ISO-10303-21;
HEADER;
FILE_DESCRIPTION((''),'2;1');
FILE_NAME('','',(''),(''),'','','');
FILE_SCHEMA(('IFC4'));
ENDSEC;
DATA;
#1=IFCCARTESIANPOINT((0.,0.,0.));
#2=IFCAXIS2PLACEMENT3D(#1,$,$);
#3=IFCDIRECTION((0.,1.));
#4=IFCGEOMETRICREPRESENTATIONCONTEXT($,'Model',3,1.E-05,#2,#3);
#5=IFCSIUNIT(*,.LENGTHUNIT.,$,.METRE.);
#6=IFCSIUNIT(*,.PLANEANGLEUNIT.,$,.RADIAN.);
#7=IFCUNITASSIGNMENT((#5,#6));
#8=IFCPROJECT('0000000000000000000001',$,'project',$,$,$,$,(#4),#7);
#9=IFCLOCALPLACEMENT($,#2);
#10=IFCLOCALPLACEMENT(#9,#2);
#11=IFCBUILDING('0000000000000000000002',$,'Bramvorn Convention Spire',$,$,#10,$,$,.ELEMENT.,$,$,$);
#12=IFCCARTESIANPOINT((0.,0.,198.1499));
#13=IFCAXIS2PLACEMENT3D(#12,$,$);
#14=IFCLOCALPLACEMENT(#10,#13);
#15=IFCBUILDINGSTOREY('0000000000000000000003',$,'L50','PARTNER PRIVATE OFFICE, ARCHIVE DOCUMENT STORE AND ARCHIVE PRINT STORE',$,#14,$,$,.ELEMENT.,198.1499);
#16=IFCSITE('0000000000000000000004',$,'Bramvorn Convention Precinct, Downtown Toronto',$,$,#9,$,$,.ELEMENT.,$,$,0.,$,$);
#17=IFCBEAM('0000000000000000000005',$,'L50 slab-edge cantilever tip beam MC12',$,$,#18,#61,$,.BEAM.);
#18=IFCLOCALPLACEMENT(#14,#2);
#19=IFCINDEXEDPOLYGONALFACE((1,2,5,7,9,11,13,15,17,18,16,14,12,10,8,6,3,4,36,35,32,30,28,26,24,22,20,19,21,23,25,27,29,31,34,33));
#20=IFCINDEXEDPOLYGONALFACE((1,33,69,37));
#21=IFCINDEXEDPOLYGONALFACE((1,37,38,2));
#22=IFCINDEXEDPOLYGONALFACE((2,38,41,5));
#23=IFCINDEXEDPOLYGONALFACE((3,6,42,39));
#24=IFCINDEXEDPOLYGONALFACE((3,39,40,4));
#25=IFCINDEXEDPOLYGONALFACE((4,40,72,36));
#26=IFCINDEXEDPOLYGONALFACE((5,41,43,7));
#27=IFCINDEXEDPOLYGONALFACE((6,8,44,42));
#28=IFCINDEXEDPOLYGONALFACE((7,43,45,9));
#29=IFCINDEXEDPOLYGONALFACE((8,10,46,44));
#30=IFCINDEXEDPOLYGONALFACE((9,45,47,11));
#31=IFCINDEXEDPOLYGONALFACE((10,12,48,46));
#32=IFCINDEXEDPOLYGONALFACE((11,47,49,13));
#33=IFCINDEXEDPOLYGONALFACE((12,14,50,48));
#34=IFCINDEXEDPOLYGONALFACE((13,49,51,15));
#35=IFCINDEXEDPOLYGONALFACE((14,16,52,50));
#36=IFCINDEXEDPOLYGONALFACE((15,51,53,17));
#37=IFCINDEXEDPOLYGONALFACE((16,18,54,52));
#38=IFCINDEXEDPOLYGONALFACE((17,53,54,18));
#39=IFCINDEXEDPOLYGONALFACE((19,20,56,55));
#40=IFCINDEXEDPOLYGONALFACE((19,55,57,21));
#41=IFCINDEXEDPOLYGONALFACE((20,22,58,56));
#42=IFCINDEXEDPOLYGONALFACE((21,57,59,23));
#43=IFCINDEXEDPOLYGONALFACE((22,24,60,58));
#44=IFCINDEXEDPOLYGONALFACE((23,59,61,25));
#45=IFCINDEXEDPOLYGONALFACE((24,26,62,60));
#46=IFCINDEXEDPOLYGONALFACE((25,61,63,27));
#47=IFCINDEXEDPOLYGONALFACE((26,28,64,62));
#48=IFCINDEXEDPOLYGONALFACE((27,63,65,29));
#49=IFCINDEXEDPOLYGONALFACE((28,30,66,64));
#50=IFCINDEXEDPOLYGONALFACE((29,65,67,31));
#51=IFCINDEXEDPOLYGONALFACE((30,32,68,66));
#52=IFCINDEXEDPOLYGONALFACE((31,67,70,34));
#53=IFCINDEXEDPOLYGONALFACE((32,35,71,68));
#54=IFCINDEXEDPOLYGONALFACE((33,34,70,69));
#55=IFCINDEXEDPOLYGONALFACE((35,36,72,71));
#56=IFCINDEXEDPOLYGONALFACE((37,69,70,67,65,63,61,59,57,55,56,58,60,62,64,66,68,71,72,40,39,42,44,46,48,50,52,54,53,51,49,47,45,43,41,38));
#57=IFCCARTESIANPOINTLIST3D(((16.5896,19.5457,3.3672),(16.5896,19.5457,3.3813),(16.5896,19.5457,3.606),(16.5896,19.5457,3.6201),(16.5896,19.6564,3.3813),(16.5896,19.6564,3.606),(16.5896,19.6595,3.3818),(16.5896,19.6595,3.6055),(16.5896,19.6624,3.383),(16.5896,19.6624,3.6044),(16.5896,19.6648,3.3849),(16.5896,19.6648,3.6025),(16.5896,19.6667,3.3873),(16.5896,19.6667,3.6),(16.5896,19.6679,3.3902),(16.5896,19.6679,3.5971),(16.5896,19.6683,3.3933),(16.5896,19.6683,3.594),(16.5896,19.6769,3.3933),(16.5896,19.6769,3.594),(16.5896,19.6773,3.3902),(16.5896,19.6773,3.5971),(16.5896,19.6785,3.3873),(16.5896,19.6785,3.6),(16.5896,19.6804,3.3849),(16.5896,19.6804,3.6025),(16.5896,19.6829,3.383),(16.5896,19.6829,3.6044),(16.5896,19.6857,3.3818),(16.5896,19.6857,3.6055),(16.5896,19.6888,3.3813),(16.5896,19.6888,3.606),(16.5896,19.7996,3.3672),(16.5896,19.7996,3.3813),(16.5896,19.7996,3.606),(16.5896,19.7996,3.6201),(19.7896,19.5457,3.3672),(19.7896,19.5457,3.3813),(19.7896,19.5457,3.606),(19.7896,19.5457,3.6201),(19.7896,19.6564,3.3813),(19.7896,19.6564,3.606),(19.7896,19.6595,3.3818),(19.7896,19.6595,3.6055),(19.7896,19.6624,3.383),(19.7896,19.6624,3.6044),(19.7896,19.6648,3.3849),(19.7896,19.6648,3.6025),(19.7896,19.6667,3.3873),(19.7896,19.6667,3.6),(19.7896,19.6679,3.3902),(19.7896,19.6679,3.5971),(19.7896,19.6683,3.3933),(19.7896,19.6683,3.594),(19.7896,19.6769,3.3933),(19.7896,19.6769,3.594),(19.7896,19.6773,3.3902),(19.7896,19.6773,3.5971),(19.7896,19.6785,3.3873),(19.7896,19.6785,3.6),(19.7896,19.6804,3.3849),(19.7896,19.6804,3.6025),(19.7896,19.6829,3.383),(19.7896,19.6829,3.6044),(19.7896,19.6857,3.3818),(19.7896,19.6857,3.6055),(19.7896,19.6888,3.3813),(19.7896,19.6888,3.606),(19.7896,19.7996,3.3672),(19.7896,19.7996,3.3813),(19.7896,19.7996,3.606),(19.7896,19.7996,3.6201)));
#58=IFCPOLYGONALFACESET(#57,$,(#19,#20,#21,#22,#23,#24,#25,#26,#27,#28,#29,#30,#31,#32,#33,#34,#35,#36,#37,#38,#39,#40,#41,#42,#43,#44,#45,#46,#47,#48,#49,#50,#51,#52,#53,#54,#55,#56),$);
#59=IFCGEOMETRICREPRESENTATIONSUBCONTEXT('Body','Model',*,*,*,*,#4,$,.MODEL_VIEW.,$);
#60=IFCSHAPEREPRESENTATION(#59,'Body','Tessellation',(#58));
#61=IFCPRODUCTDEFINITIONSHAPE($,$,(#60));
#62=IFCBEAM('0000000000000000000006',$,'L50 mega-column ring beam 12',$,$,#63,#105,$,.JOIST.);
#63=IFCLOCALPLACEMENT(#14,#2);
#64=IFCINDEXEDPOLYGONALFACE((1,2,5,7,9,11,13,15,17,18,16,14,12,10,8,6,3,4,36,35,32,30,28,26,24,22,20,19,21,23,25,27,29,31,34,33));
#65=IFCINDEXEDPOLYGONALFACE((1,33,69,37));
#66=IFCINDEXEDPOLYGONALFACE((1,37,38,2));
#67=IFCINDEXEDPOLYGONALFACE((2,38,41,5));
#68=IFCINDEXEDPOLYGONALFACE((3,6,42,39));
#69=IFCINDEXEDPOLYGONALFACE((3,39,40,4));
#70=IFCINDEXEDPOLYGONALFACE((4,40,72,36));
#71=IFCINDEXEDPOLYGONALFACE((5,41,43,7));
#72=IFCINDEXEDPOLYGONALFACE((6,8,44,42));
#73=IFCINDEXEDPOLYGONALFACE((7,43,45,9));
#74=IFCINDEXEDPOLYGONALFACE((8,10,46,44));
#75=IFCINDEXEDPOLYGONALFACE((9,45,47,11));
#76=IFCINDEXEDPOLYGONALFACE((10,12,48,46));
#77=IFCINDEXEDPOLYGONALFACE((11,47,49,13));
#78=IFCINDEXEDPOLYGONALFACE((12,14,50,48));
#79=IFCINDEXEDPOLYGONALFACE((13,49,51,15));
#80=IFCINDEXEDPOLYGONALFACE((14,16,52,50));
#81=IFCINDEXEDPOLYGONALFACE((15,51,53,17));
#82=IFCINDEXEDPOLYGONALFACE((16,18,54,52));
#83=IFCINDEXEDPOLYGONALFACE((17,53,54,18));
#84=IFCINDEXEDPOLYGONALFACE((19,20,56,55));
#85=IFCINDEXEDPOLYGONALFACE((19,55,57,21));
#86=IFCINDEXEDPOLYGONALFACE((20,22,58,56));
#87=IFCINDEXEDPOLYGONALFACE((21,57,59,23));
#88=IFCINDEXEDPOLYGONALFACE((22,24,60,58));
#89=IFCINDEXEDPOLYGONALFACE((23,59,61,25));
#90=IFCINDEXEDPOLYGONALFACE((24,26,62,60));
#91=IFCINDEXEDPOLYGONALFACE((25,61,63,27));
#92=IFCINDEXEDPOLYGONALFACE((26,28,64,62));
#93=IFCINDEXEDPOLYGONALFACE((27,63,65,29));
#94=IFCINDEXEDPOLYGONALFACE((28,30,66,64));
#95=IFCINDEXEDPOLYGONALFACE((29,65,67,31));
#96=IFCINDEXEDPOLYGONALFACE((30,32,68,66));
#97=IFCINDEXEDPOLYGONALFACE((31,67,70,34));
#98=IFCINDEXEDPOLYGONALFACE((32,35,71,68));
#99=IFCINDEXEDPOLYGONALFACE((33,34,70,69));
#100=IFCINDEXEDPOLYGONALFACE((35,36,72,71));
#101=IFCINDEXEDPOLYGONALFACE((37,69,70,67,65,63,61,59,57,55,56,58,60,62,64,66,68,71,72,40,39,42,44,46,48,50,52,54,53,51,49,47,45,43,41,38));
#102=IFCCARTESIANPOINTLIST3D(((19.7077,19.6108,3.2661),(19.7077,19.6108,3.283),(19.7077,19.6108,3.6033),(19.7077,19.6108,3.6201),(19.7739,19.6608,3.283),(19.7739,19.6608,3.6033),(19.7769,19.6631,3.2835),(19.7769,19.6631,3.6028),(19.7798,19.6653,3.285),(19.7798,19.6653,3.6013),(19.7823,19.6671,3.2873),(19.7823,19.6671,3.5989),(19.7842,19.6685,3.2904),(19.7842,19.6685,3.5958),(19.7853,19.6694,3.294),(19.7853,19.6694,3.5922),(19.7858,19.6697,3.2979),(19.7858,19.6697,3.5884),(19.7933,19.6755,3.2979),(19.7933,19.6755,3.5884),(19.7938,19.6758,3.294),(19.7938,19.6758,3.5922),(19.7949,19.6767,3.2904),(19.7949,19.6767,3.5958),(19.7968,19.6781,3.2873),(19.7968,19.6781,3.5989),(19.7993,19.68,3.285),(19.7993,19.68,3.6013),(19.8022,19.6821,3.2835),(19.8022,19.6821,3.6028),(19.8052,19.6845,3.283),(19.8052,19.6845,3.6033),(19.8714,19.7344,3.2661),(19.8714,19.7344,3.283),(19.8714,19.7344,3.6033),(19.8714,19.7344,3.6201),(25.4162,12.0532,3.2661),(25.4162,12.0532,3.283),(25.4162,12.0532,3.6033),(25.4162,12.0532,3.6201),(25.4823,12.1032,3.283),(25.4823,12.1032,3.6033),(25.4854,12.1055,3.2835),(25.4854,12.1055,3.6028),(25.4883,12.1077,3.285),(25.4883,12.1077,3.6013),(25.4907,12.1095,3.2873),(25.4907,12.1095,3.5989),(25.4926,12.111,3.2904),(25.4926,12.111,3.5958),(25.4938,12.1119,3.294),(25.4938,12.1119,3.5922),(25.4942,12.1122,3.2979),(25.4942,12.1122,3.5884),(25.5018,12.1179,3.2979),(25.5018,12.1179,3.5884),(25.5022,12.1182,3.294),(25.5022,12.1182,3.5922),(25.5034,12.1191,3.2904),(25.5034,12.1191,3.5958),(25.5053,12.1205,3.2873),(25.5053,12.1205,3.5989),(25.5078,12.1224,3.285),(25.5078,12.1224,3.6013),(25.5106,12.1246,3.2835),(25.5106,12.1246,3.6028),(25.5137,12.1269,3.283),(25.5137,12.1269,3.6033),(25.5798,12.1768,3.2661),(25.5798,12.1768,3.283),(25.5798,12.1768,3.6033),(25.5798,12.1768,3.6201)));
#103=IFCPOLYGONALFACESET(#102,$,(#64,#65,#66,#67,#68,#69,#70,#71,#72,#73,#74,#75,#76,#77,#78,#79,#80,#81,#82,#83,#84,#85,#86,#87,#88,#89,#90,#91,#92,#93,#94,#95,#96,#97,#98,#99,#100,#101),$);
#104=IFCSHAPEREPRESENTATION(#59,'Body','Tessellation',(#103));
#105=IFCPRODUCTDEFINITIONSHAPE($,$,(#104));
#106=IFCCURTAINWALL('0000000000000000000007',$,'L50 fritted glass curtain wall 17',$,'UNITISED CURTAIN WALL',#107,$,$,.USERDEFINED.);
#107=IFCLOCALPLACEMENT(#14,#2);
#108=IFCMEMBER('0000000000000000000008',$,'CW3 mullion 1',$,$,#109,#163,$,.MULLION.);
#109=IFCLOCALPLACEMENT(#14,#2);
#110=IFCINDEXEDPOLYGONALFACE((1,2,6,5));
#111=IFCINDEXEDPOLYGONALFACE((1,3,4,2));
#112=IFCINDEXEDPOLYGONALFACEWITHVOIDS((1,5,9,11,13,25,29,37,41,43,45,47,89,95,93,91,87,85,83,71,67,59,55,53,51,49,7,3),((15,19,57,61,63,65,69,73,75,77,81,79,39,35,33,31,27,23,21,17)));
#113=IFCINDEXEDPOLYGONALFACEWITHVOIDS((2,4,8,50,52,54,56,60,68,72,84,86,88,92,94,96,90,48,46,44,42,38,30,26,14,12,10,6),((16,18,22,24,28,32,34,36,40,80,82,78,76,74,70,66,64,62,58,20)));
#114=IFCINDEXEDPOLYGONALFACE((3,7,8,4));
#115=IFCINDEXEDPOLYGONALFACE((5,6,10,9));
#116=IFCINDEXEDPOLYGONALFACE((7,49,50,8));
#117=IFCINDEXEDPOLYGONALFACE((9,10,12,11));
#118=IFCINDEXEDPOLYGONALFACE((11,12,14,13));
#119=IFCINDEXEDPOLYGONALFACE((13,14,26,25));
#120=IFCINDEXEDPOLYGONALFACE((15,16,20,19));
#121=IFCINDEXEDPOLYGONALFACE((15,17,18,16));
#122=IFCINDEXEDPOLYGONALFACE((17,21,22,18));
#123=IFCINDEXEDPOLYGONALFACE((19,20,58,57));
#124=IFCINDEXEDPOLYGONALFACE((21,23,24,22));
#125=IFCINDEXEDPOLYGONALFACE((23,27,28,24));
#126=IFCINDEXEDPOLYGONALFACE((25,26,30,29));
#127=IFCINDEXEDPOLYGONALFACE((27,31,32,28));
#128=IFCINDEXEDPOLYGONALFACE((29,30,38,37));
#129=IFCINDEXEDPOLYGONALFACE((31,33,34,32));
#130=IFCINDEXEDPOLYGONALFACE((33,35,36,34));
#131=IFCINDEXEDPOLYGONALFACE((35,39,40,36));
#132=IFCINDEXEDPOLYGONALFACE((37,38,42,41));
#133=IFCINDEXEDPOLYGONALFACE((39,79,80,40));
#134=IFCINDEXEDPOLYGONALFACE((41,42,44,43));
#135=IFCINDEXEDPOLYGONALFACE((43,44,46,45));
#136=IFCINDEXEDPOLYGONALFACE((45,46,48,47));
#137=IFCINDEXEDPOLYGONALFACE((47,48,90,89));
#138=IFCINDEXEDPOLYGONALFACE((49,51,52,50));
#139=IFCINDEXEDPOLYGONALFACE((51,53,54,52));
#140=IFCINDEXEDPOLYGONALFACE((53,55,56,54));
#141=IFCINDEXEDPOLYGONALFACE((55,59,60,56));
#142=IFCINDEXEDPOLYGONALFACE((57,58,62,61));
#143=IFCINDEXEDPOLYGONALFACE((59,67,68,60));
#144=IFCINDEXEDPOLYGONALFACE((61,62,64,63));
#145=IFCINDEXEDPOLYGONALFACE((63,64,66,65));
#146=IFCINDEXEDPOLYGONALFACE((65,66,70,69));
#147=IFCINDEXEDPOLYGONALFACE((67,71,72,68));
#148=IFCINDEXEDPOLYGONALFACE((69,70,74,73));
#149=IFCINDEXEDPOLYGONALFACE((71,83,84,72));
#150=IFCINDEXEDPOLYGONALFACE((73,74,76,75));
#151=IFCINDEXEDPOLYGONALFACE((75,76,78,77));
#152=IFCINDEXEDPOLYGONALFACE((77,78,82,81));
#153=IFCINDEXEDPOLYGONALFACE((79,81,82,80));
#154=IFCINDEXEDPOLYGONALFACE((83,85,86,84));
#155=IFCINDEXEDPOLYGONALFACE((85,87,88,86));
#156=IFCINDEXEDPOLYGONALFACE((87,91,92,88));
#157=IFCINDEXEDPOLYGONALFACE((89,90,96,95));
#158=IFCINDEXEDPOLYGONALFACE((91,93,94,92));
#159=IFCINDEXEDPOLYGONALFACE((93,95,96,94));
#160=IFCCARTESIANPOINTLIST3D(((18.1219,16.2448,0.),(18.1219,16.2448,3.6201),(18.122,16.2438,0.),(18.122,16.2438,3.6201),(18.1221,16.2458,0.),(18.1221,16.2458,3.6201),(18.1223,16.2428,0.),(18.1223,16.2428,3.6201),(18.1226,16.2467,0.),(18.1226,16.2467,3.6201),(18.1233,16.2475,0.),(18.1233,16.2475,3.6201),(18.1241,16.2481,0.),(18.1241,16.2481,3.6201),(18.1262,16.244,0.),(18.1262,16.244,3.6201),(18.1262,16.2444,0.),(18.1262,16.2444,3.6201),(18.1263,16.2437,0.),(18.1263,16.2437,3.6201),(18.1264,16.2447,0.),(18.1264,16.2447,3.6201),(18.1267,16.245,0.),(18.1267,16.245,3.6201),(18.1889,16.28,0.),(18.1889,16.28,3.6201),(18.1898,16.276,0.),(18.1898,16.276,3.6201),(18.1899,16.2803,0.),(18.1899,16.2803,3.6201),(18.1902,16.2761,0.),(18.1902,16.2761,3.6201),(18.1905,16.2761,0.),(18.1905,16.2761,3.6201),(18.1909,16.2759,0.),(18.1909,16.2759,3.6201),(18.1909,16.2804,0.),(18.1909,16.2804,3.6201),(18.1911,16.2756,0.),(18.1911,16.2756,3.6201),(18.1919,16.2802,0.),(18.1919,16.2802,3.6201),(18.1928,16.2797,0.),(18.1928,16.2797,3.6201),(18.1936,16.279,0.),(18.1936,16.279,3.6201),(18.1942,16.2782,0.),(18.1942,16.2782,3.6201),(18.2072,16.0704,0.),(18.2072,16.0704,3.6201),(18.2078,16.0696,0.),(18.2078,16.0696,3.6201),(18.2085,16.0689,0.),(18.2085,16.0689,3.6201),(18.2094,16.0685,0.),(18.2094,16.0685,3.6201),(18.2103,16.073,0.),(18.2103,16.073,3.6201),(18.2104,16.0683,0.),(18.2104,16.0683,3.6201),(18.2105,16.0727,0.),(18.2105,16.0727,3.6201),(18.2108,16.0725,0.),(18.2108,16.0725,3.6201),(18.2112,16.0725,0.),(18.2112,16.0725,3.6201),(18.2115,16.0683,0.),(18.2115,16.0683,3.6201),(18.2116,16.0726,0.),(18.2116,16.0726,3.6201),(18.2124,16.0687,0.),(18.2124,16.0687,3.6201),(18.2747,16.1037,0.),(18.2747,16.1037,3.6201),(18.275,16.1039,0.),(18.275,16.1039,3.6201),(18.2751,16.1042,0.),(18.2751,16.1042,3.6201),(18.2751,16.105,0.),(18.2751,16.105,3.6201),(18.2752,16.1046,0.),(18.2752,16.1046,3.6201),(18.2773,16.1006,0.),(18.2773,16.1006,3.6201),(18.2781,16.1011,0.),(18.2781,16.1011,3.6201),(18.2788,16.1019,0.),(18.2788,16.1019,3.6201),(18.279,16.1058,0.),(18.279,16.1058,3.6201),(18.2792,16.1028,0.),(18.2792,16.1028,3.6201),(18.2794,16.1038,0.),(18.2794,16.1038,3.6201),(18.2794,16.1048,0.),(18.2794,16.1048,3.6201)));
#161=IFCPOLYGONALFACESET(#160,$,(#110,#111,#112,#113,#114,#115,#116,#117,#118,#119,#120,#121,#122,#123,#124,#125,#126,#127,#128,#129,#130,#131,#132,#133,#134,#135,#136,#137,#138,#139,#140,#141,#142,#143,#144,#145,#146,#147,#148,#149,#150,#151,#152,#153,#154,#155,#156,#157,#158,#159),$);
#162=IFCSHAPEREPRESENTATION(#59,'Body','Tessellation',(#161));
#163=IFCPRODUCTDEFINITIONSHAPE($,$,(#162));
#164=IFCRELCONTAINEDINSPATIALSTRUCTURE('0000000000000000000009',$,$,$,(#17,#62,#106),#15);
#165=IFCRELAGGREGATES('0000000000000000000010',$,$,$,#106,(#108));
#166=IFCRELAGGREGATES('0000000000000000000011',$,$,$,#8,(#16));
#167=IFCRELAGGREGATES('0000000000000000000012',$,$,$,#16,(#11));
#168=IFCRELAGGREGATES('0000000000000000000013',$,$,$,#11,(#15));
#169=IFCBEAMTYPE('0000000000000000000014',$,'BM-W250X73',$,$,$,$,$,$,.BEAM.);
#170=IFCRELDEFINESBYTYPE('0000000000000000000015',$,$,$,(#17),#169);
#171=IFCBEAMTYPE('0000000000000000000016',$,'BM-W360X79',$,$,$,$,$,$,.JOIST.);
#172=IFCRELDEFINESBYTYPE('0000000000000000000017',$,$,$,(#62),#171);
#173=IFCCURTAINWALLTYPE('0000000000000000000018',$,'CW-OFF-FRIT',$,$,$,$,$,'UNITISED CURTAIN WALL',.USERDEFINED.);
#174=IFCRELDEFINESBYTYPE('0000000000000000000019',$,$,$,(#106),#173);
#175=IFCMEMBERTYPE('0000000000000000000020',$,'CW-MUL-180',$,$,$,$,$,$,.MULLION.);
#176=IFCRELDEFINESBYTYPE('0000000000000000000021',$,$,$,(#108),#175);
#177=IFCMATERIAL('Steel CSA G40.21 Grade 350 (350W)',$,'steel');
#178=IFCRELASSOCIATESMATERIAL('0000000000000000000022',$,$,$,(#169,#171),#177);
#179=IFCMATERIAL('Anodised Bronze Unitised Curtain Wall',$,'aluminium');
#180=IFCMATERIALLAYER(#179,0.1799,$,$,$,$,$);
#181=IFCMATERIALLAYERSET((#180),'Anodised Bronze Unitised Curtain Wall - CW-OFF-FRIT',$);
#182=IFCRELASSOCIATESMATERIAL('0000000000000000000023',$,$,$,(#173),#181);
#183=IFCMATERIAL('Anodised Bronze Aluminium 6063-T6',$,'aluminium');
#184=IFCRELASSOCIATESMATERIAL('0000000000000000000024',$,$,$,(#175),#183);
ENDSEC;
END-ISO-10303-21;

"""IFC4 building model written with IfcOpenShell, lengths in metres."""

from ifc_helpers import new_model, si_unit, direction, frame, origin, origin_2d, place, context, subcontext, project, spatial, hollow_rectangle, i_section, extrude, material, layer, layer_set, material_profile, profile_set, type_object, element, aggregate, save


model = new_model("IFC4")

# Units and contexts
model_context = context("Model", 3, precision=1e-05, world=origin(), true_north=direction((0.0, 1.0)))
body_context = subcontext(model_context, "Body", "Model", "MODEL_VIEW")
ifc_project = project(units=[si_unit("LENGTHUNIT", "METRE"), si_unit("PLANEANGLEUNIT", "RADIAN")], contexts=[model_context])

# Site, building, storey
site_placement = place(None, origin())
site = spatial("IfcSite", under=ifc_project, at=site_placement, Name="Bramvorn Convention Precinct, Downtown Toronto", CompositionType="ELEMENT", RefElevation=0.0)
building_placement = place(site_placement, origin())
building = spatial("IfcBuilding", under=site, at=building_placement, Name="Bramvorn Convention Spire", CompositionType="ELEMENT")
storey_placement = place(building_placement, frame((0.0, 0.0, 198.1499)))
storey = spatial("IfcBuildingStorey", under=building, at=storey_placement, Name="L50", Description="PARTNER PRIVATE OFFICE, ARCHIVE DOCUMENT STORE AND ARCHIVE PRINT STORE", CompositionType="ELEMENT", Elevation=198.1499)

# Shared definitions
ifc_material_1 = material(Name="Steel CSA G40.21 Grade 350 (350W)", Category="steel")

# Beams
ifc_material_profile_1 = material_profile(ifc_material_1, i_section(OverallWidth=0.2539, OverallDepth=0.2529, WebThickness=0.0085, FlangeThickness=0.0142, FilletRadius=0.012, at=origin_2d()))
ifc_profile_set_1 = profile_set([ifc_material_profile_1], Name="Steel CSA G40.21 Grade 350 (350W) - W250X73")
beam_type_1 = type_object("IfcBeamType", Name="BM-W250X73", PredefinedType="BEAM", material=ifc_profile_set_1)
beam_1_placement = place(storey_placement, frame((19.7896, 19.6726, 3.4937), z_axis=(-1.0, 0.0, 0.0), x_axis=(0.0, -1.0, 0.0)))
element("IfcBeam", 1, at=beam_1_placement, inside=storey, type_object=beam_type_1, Name="L50 slab-edge cantilever tip beam MC12", PredefinedType="BEAM", context=body_context, shape_type="SweptSolid", body=[
    extrude(i_section(OverallWidth=0.2539, OverallDepth=0.2529, WebThickness=0.0085, FlangeThickness=0.0142, FilletRadius=0.012, at=origin_2d()), origin(), (0.0, 0.0, 1.0), 3.2),
])
ifc_material_profile_2 = material_profile(ifc_material_1, i_section(OverallWidth=0.2051, OverallDepth=0.354, WebThickness=0.0095, FlangeThickness=0.0168, FilletRadius=0.0149, at=origin_2d()))
ifc_profile_set_2 = profile_set([ifc_material_profile_2], Name="Steel CSA G40.21 Grade 350 (350W) - W360X79")
beam_type_2 = type_object("IfcBeamType", Name="BM-W360X79", PredefinedType="JOIST", material=ifc_profile_set_2)
beam_2_placement = place(storey_placement, frame((19.7896, 19.6726, 3.4431), z_axis=(0.602719, -0.797954, 0.0), x_axis=(0.797954, 0.602719, 0.0)))
element("IfcBeam", 2, at=beam_2_placement, inside=storey, type_object=beam_type_2, Name="L50 mega-column ring beam 12", PredefinedType="JOIST", context=body_context, shape_type="SweptSolid", body=[
    extrude(i_section(OverallWidth=0.2051, OverallDepth=0.354, WebThickness=0.0095, FlangeThickness=0.0168, FilletRadius=0.0149, at=origin_2d()), origin(), (0.0, 0.0, 1.0), 9.4712),
])

# Curtain wall, member
ifc_material_2 = material(Name="Anodised Bronze Unitised Curtain Wall", Category="aluminium")
ifc_layer_1 = layer(ifc_material_2, 0.1799)
ifc_layer_set_1 = layer_set([ifc_layer_1], Name="Anodised Bronze Unitised Curtain Wall - CW-OFF-FRIT")
curtain_wall_type = type_object("IfcCurtainWallType", Name="CW-OFF-FRIT", ElementType="UNITISED CURTAIN WALL", PredefinedType="USERDEFINED", material=ifc_layer_set_1)
curtain_wall_1_placement = place(storey_placement, origin())
curtain_wall_1 = element("IfcCurtainWall", 3, at=curtain_wall_1_placement, inside=storey, type_object=curtain_wall_type, Name="L50 fritted glass curtain wall 17", ObjectType="UNITISED CURTAIN WALL", PredefinedType="USERDEFINED")
ifc_material_3 = material(Name="Anodised Bronze Aluminium 6063-T6", Category="aluminium")
ifc_material_profile_3 = material_profile(ifc_material_3, hollow_rectangle(XDim=0.0801, YDim=0.2, WallThickness=0.0039, InnerFilletRadius=0.001, OuterFilletRadius=0.0039, at=origin_2d()))
ifc_profile_set_3 = profile_set([ifc_material_profile_3], Name="Anodised Bronze Aluminium 6063-T6 - CWM80X200")
member_type_1 = type_object("IfcMemberType", Name="CW-MUL-180", PredefinedType="MULLION", material=ifc_profile_set_3)
member_1_placement = place(storey_placement, frame((18.2007, 16.1743, 0.0), z_axis=(0.0, 0.0, 1.0), x_axis=(-0.897183, -0.441659, 0.0)))
member_1 = element("IfcMember", 4, at=member_1_placement, type_object=member_type_1, Name="CW3 mullion 1", PredefinedType="MULLION", context=body_context, shape_type="SweptSolid", body=[
    extrude(hollow_rectangle(XDim=0.0801, YDim=0.2, WallThickness=0.0039, InnerFilletRadius=0.001, OuterFilletRadius=0.0039, at=origin_2d()), origin(), (0.0, 0.0, 1.0), 3.6201),
])

aggregate(curtain_wall_1, [member_1])

save(model, "model.ifc")
